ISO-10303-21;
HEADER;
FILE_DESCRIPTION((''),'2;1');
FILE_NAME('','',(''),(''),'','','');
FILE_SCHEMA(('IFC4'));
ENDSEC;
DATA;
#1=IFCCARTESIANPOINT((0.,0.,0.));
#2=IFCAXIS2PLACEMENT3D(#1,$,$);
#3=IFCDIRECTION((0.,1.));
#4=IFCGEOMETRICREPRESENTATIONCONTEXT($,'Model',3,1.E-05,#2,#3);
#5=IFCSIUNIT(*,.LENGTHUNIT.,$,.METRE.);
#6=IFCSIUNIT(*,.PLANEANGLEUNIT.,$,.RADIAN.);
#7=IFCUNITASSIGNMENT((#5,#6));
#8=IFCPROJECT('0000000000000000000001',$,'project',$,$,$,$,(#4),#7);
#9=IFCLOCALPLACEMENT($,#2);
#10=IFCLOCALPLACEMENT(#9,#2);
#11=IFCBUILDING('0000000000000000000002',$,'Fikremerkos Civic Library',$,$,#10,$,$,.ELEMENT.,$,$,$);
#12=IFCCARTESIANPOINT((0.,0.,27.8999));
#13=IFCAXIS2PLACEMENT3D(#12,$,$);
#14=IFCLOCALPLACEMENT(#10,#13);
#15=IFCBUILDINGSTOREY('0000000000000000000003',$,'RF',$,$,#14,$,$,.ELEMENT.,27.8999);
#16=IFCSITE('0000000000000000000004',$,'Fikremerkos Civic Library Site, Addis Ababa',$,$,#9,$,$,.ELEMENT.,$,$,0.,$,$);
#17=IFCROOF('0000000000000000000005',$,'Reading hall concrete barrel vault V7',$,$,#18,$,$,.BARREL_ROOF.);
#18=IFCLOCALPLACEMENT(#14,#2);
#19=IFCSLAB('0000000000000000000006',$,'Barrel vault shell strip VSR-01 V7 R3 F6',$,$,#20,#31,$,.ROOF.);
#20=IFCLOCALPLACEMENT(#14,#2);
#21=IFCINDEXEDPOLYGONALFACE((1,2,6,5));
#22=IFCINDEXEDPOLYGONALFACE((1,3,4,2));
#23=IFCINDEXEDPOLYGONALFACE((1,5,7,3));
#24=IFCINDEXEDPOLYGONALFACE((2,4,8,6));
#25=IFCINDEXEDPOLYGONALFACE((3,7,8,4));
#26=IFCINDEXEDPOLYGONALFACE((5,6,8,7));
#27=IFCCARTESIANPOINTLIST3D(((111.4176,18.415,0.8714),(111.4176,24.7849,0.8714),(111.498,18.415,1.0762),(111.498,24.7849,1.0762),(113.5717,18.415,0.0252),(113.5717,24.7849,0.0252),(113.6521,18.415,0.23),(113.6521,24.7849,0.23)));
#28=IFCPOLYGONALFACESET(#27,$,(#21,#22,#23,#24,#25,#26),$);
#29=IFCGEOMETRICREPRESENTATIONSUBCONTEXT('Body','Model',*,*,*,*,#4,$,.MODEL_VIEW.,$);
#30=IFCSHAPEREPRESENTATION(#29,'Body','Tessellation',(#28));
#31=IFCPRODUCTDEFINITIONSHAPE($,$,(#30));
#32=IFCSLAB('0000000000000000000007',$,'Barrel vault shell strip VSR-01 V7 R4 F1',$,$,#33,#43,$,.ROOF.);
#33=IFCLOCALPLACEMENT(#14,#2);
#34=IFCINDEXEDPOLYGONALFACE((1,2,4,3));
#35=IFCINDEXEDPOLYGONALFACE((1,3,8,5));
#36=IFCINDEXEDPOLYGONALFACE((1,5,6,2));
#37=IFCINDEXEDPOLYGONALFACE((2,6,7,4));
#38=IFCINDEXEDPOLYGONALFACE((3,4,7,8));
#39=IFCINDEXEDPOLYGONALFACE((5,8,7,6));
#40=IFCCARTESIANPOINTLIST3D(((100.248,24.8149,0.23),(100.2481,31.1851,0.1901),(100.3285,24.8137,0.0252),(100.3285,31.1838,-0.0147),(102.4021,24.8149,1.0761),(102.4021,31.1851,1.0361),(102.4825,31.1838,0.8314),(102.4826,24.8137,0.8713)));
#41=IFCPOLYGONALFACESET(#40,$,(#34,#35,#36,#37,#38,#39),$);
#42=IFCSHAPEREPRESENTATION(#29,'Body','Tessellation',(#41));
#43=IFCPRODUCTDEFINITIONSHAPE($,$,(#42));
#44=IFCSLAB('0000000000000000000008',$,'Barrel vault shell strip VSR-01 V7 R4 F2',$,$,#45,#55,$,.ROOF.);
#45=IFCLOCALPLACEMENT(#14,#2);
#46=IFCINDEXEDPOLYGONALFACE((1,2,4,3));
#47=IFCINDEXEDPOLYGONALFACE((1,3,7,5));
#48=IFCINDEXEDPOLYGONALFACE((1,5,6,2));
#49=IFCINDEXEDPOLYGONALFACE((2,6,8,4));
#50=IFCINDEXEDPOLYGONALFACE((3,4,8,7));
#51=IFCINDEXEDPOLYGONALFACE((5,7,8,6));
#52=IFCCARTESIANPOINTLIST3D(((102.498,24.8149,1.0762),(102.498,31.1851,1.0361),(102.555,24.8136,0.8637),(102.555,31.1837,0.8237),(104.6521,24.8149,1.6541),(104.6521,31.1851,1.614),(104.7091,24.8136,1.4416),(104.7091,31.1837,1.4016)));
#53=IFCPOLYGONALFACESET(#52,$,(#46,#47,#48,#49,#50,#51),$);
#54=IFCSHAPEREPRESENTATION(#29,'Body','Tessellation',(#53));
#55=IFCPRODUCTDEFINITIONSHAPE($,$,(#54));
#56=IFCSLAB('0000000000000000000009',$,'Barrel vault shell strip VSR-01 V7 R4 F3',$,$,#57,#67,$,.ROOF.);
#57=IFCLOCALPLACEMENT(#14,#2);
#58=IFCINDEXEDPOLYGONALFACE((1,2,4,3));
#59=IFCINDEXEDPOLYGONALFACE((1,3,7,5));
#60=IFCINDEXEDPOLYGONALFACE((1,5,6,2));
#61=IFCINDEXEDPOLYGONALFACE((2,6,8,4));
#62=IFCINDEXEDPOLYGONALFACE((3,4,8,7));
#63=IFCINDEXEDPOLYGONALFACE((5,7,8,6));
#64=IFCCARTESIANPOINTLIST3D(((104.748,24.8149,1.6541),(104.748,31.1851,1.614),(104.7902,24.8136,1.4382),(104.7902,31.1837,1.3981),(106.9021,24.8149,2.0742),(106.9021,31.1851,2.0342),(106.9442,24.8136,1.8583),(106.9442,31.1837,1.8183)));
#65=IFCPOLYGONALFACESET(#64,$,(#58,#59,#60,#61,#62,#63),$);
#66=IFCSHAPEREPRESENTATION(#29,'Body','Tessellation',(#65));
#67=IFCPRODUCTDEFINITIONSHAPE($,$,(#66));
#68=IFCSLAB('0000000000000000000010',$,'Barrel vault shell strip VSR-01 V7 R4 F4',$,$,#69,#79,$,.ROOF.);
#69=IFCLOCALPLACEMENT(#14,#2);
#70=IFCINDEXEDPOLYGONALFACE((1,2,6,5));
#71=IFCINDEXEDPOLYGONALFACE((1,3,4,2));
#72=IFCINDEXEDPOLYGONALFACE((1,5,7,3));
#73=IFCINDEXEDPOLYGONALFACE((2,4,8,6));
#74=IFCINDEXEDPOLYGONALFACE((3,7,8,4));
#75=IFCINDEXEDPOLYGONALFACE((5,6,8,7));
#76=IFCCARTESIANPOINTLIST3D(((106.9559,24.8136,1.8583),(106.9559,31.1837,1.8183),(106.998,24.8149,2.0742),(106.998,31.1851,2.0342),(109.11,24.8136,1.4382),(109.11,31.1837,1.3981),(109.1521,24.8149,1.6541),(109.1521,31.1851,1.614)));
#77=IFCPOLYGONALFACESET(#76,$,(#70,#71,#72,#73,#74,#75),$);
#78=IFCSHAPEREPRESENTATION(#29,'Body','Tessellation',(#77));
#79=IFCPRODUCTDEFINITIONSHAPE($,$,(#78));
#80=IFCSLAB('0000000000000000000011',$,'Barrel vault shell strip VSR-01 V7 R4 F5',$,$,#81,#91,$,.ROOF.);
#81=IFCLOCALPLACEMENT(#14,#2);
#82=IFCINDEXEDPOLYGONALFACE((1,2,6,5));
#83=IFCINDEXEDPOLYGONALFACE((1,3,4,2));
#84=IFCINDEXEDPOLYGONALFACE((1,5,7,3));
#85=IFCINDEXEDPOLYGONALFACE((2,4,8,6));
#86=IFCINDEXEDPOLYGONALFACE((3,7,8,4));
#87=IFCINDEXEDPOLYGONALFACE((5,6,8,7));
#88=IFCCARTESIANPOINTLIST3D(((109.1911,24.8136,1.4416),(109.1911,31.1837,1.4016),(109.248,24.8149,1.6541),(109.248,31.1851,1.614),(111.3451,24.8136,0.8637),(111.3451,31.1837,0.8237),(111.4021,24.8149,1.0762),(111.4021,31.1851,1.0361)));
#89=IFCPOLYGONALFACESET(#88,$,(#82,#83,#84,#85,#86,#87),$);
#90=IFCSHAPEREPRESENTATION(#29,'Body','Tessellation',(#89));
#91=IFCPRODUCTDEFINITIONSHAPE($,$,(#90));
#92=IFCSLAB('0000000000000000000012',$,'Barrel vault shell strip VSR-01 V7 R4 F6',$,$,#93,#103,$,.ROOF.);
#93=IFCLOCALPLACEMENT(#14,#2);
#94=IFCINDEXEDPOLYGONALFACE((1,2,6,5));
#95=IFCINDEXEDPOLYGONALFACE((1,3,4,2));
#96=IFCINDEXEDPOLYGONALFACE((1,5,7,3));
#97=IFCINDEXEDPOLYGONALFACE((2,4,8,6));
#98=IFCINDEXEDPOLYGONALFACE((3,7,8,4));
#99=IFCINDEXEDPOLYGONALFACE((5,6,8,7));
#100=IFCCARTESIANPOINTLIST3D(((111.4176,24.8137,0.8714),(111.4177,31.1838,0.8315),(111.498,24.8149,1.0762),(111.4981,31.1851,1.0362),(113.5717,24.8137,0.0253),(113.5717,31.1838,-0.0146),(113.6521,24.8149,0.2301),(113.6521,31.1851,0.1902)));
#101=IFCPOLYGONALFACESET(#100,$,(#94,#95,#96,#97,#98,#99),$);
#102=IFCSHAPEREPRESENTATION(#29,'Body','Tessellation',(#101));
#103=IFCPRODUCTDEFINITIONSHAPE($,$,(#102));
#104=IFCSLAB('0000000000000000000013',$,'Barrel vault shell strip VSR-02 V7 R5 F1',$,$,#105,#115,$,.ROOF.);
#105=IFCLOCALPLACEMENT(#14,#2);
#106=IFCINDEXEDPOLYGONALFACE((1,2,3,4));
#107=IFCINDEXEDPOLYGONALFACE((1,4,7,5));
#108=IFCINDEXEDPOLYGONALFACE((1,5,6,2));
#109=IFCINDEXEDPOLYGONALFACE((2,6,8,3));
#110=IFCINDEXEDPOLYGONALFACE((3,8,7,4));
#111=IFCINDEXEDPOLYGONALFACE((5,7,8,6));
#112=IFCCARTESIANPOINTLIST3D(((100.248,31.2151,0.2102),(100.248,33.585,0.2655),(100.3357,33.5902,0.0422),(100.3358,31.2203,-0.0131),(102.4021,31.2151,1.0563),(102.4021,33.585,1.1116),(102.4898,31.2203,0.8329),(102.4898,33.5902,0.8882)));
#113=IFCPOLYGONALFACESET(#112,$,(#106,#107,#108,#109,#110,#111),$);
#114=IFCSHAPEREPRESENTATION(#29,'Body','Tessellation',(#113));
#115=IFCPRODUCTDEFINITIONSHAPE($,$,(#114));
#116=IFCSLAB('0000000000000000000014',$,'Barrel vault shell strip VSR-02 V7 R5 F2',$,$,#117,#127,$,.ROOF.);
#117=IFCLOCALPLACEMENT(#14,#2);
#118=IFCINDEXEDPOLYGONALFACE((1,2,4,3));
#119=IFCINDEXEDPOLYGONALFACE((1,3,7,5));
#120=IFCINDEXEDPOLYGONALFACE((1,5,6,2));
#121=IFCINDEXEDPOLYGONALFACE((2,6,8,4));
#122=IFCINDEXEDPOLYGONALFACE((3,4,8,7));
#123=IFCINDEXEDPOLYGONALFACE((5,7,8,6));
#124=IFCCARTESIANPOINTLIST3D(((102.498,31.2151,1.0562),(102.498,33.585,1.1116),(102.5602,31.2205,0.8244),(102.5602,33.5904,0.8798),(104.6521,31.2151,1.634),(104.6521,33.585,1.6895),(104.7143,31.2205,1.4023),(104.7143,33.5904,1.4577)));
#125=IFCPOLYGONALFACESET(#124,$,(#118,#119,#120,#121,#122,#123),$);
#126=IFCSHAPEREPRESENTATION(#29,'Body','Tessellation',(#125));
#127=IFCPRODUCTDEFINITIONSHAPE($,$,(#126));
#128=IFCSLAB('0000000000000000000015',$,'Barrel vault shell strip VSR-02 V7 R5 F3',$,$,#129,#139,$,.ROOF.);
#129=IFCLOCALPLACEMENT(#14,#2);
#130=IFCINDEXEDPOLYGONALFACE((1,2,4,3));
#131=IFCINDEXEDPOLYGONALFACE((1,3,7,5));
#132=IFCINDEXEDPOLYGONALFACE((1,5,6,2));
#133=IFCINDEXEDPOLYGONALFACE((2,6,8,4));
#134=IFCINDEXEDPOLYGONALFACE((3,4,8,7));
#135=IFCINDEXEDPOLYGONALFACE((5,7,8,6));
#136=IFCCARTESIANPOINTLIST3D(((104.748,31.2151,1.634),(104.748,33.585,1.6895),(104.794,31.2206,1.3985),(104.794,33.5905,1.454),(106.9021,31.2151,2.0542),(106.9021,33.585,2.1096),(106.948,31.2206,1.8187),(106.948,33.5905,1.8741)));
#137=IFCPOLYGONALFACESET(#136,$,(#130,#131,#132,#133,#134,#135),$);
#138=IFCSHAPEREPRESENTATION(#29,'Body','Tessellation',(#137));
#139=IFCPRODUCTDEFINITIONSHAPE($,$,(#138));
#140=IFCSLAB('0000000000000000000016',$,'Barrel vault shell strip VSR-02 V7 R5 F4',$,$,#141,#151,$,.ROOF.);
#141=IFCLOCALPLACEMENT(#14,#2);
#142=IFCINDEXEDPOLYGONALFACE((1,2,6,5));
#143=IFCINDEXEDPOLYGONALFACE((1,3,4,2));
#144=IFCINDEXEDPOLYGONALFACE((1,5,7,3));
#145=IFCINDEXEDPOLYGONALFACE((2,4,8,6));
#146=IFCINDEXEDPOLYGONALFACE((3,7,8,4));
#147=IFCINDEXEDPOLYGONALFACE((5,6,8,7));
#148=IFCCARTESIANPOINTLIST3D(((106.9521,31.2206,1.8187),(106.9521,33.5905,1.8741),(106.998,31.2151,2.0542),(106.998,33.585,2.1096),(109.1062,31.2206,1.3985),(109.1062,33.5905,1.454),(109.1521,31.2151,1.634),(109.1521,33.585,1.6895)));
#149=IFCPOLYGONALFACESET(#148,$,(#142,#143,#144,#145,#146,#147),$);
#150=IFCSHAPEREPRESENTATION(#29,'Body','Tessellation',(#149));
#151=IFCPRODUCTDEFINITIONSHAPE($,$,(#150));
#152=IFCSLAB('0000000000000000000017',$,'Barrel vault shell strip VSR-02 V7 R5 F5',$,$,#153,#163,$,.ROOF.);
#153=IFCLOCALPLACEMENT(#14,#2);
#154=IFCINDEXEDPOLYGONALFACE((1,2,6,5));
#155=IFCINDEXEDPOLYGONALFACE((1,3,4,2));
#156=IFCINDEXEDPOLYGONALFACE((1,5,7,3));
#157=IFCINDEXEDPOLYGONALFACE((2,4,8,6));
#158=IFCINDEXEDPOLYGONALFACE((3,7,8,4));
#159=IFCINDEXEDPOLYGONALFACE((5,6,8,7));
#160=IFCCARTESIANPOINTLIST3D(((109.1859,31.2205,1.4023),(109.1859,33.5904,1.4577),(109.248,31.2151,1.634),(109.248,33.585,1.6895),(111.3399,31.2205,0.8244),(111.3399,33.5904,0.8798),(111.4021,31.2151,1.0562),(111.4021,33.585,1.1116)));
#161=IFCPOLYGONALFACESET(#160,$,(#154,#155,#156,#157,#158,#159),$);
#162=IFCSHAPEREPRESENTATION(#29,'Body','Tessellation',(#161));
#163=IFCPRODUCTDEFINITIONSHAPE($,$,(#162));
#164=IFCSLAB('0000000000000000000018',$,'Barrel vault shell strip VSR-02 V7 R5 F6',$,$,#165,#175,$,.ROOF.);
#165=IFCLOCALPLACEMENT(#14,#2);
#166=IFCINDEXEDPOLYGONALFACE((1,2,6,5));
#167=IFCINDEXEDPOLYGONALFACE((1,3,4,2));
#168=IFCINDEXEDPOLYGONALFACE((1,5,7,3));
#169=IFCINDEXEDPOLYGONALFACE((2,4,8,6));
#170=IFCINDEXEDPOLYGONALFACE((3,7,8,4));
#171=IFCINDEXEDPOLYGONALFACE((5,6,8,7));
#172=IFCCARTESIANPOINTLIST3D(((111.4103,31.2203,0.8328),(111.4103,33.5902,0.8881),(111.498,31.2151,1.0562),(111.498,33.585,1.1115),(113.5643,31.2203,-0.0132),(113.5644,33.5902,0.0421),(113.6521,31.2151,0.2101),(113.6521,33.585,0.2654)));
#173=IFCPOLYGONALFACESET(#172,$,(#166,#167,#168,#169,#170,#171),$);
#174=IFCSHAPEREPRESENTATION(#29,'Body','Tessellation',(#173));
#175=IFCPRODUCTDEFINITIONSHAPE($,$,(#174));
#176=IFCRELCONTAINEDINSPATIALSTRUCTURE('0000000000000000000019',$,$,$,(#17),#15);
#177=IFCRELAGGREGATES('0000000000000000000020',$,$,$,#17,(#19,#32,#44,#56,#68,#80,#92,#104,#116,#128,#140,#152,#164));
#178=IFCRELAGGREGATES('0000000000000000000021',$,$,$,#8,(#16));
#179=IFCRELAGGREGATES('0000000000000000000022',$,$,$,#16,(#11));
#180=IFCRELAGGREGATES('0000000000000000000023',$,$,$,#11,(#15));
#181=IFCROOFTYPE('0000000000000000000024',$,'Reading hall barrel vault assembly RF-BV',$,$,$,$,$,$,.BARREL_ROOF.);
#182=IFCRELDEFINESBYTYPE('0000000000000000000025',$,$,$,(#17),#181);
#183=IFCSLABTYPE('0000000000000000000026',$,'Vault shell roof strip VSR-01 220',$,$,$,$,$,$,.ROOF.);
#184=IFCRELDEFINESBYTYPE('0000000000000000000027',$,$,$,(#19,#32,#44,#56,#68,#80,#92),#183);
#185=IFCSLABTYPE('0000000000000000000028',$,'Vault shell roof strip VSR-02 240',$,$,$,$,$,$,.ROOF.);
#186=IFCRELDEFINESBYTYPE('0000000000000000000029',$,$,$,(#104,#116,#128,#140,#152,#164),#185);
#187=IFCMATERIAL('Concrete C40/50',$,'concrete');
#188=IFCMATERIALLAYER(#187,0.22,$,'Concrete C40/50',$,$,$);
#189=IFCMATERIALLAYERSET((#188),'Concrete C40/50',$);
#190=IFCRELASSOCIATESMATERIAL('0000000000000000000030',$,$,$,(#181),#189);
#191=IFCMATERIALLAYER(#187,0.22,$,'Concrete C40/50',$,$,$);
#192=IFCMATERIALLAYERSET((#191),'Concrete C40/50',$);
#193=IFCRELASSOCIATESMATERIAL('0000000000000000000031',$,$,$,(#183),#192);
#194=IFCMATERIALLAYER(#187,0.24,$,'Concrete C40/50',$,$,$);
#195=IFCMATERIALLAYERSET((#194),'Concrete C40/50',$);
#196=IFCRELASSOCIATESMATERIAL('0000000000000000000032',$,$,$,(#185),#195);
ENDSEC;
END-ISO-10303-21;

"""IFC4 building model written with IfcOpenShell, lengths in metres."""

from ifc_helpers import new_model, si_unit, direction, frame, origin, place, context, subcontext, project, spatial, polyline, outline, extrude, material, layer, layer_set, type_object, element, aggregate, save


model = new_model("IFC4")

# Units and contexts
model_context = context("Model", 3, precision=1e-05, world=origin(), true_north=direction((0.0, 1.0)))
body_context = subcontext(model_context, "Body", "Model", "MODEL_VIEW")
ifc_project = project(units=[si_unit("LENGTHUNIT", "METRE"), si_unit("PLANEANGLEUNIT", "RADIAN")], contexts=[model_context])

# Site, building, storey
site_placement = place(None, origin())
site = spatial("IfcSite", under=ifc_project, at=site_placement, Name="Fikremerkos Civic Library Site, Addis Ababa", CompositionType="ELEMENT", RefElevation=0.0)
building_placement = place(site_placement, origin())
building = spatial("IfcBuilding", under=site, at=building_placement, Name="Fikremerkos Civic Library", CompositionType="ELEMENT")
storey_placement = place(building_placement, frame((0.0, 0.0, 27.8999)))
storey = spatial("IfcBuildingStorey", under=building, at=storey_placement, Name="RF", CompositionType="ELEMENT", Elevation=27.8999)

# Roof, slabs
ifc_material_1 = material(Name="Concrete C40/50", Category="concrete")
ifc_layer_1 = layer(ifc_material_1, 0.22, Name="Concrete C40/50")
ifc_layer_set_1 = layer_set([ifc_layer_1], Name="Concrete C40/50")
roof_type = type_object("IfcRoofType", Name="Reading hall barrel vault assembly RF-BV", PredefinedType="BARREL_ROOF", material=ifc_layer_set_1)
roof_placement = place(storey_placement, origin())
roof = element("IfcRoof", 1, at=roof_placement, inside=storey, type_object=roof_type, Name="Reading hall concrete barrel vault V7", PredefinedType="BARREL_ROOF")
ifc_layer_2 = layer(ifc_material_1, 0.22, Name="Concrete C40/50")
ifc_layer_set_2 = layer_set([ifc_layer_2], Name="Concrete C40/50")
slab_type_1 = type_object("IfcSlabType", Name="Vault shell roof strip VSR-01 220", PredefinedType="ROOF", material=ifc_layer_set_2)
slab_1_placement = place(storey_placement, frame((111.498, 18.415, 1.0762), z_axis=(0.365636, 0.0, 0.930758), x_axis=(0.930758, 0.0, -0.365636)))
slab_1 = element("IfcSlab", 2, at=slab_1_placement, type_object=slab_type_1, Name="Barrel vault shell strip VSR-01 V7 R3 F6", PredefinedType="ROOF", context=body_context, shape_type="SweptSolid", body=[
    extrude(outline(polyline([(0.0, 0.0), (2.3143, 0.0), (2.3143, 6.3699), (0.0, 6.3699), (0.0, 0.0)])), origin(), (0.0, 0.0, -1.0), 0.22),
])
slab_2_placement = place(storey_placement, frame((100.248, 24.8149, 0.23), z_axis=(-0.365584, 0.005832, 0.93076), x_axis=(0.930776, 0.0, 0.36559)))
slab_2 = element("IfcSlab", 3, at=slab_2_placement, type_object=slab_type_1, Name="Barrel vault shell strip VSR-01 V7 R4 F1", PredefinedType="ROOF", context=body_context, shape_type="SweptSolid", body=[
    extrude(outline(polyline([(0.0, 0.0), (2.3143, 0.0), (2.2997, 6.3702), (-0.0146, 6.3702), (0.0, 0.0)])), origin(), (0.0, 0.0, -1.0), 0.22),
])
slab_3_placement = place(storey_placement, frame((102.498, 24.8149, 1.0762), z_axis=(-0.259109, 0.006071, 0.965829), x_axis=(0.965847, 0.0, 0.259114)))
slab_3 = element("IfcSlab", 4, at=slab_3_placement, type_object=slab_type_1, Name="Barrel vault shell strip VSR-01 V7 R4 F2", PredefinedType="ROOF", context=body_context, shape_type="SweptSolid", body=[
    extrude(outline(polyline([(0.0, 0.0), (2.2302, 0.0), (2.2198, 6.3702), (-0.0104, 6.3702), (0.0, 0.0)])), origin(), (0.0, 0.0, -1.0), 0.22),
])
slab_4_placement = place(storey_placement, frame((104.748, 24.8149, 1.6541), z_axis=(-0.191447, 0.006169, 0.981484), x_axis=(0.981502, 0.0, 0.19145)))
slab_4 = element("IfcSlab", 5, at=slab_4_placement, type_object=slab_type_1, Name="Barrel vault shell strip VSR-01 V7 R4 F3", PredefinedType="ROOF", context=body_context, shape_type="SweptSolid", body=[
    extrude(outline(polyline([(0.0, 0.0), (2.1946, 0.0), (2.187, 6.3702), (-0.0077, 6.3702), (0.0, 0.0)])), origin(), (0.0, 0.0, -1.0), 0.22),
])
slab_5_placement = place(storey_placement, frame((106.998, 24.8149, 2.0742), z_axis=(0.191447, 0.006169, 0.981484), x_axis=(0.981502, 0.0, -0.19145)))
slab_5 = element("IfcSlab", 6, at=slab_5_placement, type_object=slab_type_1, Name="Barrel vault shell strip VSR-01 V7 R4 F4", PredefinedType="ROOF", context=body_context, shape_type="SweptSolid", body=[
    extrude(outline(polyline([(0.0, 0.0), (2.1946, 0.0), (2.2023, 6.3702), (0.0077, 6.3702), (0.0, 0.0)])), origin(), (0.0, 0.0, -1.0), 0.22),
])
slab_6_placement = place(storey_placement, frame((109.248, 24.8149, 1.6541), z_axis=(0.259109, 0.006071, 0.965829), x_axis=(0.965847, 0.0, -0.259114)))
slab_6 = element("IfcSlab", 7, at=slab_6_placement, type_object=slab_type_1, Name="Barrel vault shell strip VSR-01 V7 R4 F5", PredefinedType="ROOF", context=body_context, shape_type="SweptSolid", body=[
    extrude(outline(polyline([(0.0, 0.0), (2.2302, 0.0), (2.2406, 6.3702), (0.0104, 6.3702), (0.0, 0.0)])), origin(), (0.0, 0.0, -1.0), 0.22),
])
slab_7_placement = place(storey_placement, frame((111.498, 24.8149, 1.0762), z_axis=(0.365584, 0.005832, 0.93076), x_axis=(0.930776, 0.0, -0.36559)))
slab_7 = element("IfcSlab", 8, at=slab_7_placement, type_object=slab_type_1, Name="Barrel vault shell strip VSR-01 V7 R4 F6", PredefinedType="ROOF", context=body_context, shape_type="SweptSolid", body=[
    extrude(outline(polyline([(0.0, 0.0), (2.3143, 0.0), (2.3289, 6.3702), (0.0146, 6.3702), (0.0, 0.0)])), origin(), (0.0, 0.0, -1.0), 0.22),
])
ifc_layer_3 = layer(ifc_material_1, 0.24, Name="Concrete C40/50")
ifc_layer_set_3 = layer_set([ifc_layer_3], Name="Concrete C40/50")
slab_type_2 = type_object("IfcSlabType", Name="Vault shell roof strip VSR-02 240", PredefinedType="ROOF", material=ifc_layer_set_3)
slab_8_placement = place(storey_placement, frame((100.248, 31.2151, 0.2102), z_axis=(-0.365504, -0.021713, 0.930556), x_axis=(0.930776, -0.000001, 0.36559)))
slab_8 = element("IfcSlab", 9, at=slab_8_placement, type_object=slab_type_2, Name="Barrel vault shell strip VSR-02 V7 R5 F1", PredefinedType="ROOF", context=body_context, shape_type="SweptSolid", body=[
    extrude(outline(polyline([(0.0, 0.0), (2.3142, 0.0), (2.3345, 2.3704), (0.0202, 2.3704), (0.0, 0.0)])), origin(), (0.0, 0.0, -1.0), 0.24),
])
slab_9_placement = place(storey_placement, frame((102.498, 31.2151, 1.0562), z_axis=(-0.259048, -0.022581, 0.965601), x_axis=(0.965847, 0.0, 0.259114)))
slab_9 = element("IfcSlab", 10, at=slab_9_placement, type_object=slab_type_2, Name="Barrel vault shell strip VSR-02 V7 R5 F2", PredefinedType="ROOF", context=body_context, shape_type="SweptSolid", body=[
    extrude(outline(polyline([(0.0, 0.0), (2.2302, 0.0), (2.2446, 2.3705), (0.0144, 2.3705), (0.0, 0.0)])), origin(), (0.0, 0.0, -1.0), 0.24),
])
slab_10_placement = place(storey_placement, frame((104.748, 31.2151, 1.634), z_axis=(-0.1914, -0.022947, 0.981244), x_axis=(0.981502, 0.0, 0.19145)))
slab_10 = element("IfcSlab", 11, at=slab_10_placement, type_object=slab_type_2, Name="Barrel vault shell strip VSR-02 V7 R5 F3", PredefinedType="ROOF", context=body_context, shape_type="SweptSolid", body=[
    extrude(outline(polyline([(0.0, 0.0), (2.1946, 0.0), (2.2053, 2.3705), (0.0106, 2.3705), (0.0, 0.0)])), origin(), (0.0, 0.0, -1.0), 0.24),
])
slab_11_placement = place(storey_placement, frame((106.998, 31.2151, 2.0542), z_axis=(0.1914, -0.022947, 0.981244), x_axis=(0.981502, 0.0, -0.19145)))
slab_11 = element("IfcSlab", 12, at=slab_11_placement, type_object=slab_type_2, Name="Barrel vault shell strip VSR-02 V7 R5 F4", PredefinedType="ROOF", context=body_context, shape_type="SweptSolid", body=[
    extrude(outline(polyline([(0.0, 0.0), (2.1946, 0.0), (2.184, 2.3705), (-0.0106, 2.3705), (0.0, 0.0)])), origin(), (0.0, 0.0, -1.0), 0.24),
])
slab_12_placement = place(storey_placement, frame((109.248, 31.2151, 1.634), z_axis=(0.259048, -0.022581, 0.965601), x_axis=(0.965847, 0.0, -0.259114)))
slab_12 = element("IfcSlab", 13, at=slab_12_placement, type_object=slab_type_2, Name="Barrel vault shell strip VSR-02 V7 R5 F5", PredefinedType="ROOF", context=body_context, shape_type="SweptSolid", body=[
    extrude(outline(polyline([(0.0, 0.0), (2.2302, 0.0), (2.2159, 2.3705), (-0.0144, 2.3705), (0.0, 0.0)])), origin(), (0.0, 0.0, -1.0), 0.24),
])
slab_13_placement = place(storey_placement, frame((111.498, 31.2151, 1.0562), z_axis=(0.365504, -0.021713, 0.930556), x_axis=(0.930776, 0.000001, -0.36559)))
slab_13 = element("IfcSlab", 14, at=slab_13_placement, type_object=slab_type_2, Name="Barrel vault shell strip VSR-02 V7 R5 F6", PredefinedType="ROOF", context=body_context, shape_type="SweptSolid", body=[
    extrude(outline(polyline([(0.0, 0.0), (2.3142, 0.0), (2.294, 2.3704), (-0.0203, 2.3704), (0.0, 0.0)])), origin(), (0.0, 0.0, -1.0), 0.24),
])
aggregate(roof, [slab_1, slab_2, slab_3, slab_4, slab_5, slab_6, slab_7, slab_8, slab_9, slab_10, slab_11, slab_12, slab_13])

save(model, "model.ifc")
